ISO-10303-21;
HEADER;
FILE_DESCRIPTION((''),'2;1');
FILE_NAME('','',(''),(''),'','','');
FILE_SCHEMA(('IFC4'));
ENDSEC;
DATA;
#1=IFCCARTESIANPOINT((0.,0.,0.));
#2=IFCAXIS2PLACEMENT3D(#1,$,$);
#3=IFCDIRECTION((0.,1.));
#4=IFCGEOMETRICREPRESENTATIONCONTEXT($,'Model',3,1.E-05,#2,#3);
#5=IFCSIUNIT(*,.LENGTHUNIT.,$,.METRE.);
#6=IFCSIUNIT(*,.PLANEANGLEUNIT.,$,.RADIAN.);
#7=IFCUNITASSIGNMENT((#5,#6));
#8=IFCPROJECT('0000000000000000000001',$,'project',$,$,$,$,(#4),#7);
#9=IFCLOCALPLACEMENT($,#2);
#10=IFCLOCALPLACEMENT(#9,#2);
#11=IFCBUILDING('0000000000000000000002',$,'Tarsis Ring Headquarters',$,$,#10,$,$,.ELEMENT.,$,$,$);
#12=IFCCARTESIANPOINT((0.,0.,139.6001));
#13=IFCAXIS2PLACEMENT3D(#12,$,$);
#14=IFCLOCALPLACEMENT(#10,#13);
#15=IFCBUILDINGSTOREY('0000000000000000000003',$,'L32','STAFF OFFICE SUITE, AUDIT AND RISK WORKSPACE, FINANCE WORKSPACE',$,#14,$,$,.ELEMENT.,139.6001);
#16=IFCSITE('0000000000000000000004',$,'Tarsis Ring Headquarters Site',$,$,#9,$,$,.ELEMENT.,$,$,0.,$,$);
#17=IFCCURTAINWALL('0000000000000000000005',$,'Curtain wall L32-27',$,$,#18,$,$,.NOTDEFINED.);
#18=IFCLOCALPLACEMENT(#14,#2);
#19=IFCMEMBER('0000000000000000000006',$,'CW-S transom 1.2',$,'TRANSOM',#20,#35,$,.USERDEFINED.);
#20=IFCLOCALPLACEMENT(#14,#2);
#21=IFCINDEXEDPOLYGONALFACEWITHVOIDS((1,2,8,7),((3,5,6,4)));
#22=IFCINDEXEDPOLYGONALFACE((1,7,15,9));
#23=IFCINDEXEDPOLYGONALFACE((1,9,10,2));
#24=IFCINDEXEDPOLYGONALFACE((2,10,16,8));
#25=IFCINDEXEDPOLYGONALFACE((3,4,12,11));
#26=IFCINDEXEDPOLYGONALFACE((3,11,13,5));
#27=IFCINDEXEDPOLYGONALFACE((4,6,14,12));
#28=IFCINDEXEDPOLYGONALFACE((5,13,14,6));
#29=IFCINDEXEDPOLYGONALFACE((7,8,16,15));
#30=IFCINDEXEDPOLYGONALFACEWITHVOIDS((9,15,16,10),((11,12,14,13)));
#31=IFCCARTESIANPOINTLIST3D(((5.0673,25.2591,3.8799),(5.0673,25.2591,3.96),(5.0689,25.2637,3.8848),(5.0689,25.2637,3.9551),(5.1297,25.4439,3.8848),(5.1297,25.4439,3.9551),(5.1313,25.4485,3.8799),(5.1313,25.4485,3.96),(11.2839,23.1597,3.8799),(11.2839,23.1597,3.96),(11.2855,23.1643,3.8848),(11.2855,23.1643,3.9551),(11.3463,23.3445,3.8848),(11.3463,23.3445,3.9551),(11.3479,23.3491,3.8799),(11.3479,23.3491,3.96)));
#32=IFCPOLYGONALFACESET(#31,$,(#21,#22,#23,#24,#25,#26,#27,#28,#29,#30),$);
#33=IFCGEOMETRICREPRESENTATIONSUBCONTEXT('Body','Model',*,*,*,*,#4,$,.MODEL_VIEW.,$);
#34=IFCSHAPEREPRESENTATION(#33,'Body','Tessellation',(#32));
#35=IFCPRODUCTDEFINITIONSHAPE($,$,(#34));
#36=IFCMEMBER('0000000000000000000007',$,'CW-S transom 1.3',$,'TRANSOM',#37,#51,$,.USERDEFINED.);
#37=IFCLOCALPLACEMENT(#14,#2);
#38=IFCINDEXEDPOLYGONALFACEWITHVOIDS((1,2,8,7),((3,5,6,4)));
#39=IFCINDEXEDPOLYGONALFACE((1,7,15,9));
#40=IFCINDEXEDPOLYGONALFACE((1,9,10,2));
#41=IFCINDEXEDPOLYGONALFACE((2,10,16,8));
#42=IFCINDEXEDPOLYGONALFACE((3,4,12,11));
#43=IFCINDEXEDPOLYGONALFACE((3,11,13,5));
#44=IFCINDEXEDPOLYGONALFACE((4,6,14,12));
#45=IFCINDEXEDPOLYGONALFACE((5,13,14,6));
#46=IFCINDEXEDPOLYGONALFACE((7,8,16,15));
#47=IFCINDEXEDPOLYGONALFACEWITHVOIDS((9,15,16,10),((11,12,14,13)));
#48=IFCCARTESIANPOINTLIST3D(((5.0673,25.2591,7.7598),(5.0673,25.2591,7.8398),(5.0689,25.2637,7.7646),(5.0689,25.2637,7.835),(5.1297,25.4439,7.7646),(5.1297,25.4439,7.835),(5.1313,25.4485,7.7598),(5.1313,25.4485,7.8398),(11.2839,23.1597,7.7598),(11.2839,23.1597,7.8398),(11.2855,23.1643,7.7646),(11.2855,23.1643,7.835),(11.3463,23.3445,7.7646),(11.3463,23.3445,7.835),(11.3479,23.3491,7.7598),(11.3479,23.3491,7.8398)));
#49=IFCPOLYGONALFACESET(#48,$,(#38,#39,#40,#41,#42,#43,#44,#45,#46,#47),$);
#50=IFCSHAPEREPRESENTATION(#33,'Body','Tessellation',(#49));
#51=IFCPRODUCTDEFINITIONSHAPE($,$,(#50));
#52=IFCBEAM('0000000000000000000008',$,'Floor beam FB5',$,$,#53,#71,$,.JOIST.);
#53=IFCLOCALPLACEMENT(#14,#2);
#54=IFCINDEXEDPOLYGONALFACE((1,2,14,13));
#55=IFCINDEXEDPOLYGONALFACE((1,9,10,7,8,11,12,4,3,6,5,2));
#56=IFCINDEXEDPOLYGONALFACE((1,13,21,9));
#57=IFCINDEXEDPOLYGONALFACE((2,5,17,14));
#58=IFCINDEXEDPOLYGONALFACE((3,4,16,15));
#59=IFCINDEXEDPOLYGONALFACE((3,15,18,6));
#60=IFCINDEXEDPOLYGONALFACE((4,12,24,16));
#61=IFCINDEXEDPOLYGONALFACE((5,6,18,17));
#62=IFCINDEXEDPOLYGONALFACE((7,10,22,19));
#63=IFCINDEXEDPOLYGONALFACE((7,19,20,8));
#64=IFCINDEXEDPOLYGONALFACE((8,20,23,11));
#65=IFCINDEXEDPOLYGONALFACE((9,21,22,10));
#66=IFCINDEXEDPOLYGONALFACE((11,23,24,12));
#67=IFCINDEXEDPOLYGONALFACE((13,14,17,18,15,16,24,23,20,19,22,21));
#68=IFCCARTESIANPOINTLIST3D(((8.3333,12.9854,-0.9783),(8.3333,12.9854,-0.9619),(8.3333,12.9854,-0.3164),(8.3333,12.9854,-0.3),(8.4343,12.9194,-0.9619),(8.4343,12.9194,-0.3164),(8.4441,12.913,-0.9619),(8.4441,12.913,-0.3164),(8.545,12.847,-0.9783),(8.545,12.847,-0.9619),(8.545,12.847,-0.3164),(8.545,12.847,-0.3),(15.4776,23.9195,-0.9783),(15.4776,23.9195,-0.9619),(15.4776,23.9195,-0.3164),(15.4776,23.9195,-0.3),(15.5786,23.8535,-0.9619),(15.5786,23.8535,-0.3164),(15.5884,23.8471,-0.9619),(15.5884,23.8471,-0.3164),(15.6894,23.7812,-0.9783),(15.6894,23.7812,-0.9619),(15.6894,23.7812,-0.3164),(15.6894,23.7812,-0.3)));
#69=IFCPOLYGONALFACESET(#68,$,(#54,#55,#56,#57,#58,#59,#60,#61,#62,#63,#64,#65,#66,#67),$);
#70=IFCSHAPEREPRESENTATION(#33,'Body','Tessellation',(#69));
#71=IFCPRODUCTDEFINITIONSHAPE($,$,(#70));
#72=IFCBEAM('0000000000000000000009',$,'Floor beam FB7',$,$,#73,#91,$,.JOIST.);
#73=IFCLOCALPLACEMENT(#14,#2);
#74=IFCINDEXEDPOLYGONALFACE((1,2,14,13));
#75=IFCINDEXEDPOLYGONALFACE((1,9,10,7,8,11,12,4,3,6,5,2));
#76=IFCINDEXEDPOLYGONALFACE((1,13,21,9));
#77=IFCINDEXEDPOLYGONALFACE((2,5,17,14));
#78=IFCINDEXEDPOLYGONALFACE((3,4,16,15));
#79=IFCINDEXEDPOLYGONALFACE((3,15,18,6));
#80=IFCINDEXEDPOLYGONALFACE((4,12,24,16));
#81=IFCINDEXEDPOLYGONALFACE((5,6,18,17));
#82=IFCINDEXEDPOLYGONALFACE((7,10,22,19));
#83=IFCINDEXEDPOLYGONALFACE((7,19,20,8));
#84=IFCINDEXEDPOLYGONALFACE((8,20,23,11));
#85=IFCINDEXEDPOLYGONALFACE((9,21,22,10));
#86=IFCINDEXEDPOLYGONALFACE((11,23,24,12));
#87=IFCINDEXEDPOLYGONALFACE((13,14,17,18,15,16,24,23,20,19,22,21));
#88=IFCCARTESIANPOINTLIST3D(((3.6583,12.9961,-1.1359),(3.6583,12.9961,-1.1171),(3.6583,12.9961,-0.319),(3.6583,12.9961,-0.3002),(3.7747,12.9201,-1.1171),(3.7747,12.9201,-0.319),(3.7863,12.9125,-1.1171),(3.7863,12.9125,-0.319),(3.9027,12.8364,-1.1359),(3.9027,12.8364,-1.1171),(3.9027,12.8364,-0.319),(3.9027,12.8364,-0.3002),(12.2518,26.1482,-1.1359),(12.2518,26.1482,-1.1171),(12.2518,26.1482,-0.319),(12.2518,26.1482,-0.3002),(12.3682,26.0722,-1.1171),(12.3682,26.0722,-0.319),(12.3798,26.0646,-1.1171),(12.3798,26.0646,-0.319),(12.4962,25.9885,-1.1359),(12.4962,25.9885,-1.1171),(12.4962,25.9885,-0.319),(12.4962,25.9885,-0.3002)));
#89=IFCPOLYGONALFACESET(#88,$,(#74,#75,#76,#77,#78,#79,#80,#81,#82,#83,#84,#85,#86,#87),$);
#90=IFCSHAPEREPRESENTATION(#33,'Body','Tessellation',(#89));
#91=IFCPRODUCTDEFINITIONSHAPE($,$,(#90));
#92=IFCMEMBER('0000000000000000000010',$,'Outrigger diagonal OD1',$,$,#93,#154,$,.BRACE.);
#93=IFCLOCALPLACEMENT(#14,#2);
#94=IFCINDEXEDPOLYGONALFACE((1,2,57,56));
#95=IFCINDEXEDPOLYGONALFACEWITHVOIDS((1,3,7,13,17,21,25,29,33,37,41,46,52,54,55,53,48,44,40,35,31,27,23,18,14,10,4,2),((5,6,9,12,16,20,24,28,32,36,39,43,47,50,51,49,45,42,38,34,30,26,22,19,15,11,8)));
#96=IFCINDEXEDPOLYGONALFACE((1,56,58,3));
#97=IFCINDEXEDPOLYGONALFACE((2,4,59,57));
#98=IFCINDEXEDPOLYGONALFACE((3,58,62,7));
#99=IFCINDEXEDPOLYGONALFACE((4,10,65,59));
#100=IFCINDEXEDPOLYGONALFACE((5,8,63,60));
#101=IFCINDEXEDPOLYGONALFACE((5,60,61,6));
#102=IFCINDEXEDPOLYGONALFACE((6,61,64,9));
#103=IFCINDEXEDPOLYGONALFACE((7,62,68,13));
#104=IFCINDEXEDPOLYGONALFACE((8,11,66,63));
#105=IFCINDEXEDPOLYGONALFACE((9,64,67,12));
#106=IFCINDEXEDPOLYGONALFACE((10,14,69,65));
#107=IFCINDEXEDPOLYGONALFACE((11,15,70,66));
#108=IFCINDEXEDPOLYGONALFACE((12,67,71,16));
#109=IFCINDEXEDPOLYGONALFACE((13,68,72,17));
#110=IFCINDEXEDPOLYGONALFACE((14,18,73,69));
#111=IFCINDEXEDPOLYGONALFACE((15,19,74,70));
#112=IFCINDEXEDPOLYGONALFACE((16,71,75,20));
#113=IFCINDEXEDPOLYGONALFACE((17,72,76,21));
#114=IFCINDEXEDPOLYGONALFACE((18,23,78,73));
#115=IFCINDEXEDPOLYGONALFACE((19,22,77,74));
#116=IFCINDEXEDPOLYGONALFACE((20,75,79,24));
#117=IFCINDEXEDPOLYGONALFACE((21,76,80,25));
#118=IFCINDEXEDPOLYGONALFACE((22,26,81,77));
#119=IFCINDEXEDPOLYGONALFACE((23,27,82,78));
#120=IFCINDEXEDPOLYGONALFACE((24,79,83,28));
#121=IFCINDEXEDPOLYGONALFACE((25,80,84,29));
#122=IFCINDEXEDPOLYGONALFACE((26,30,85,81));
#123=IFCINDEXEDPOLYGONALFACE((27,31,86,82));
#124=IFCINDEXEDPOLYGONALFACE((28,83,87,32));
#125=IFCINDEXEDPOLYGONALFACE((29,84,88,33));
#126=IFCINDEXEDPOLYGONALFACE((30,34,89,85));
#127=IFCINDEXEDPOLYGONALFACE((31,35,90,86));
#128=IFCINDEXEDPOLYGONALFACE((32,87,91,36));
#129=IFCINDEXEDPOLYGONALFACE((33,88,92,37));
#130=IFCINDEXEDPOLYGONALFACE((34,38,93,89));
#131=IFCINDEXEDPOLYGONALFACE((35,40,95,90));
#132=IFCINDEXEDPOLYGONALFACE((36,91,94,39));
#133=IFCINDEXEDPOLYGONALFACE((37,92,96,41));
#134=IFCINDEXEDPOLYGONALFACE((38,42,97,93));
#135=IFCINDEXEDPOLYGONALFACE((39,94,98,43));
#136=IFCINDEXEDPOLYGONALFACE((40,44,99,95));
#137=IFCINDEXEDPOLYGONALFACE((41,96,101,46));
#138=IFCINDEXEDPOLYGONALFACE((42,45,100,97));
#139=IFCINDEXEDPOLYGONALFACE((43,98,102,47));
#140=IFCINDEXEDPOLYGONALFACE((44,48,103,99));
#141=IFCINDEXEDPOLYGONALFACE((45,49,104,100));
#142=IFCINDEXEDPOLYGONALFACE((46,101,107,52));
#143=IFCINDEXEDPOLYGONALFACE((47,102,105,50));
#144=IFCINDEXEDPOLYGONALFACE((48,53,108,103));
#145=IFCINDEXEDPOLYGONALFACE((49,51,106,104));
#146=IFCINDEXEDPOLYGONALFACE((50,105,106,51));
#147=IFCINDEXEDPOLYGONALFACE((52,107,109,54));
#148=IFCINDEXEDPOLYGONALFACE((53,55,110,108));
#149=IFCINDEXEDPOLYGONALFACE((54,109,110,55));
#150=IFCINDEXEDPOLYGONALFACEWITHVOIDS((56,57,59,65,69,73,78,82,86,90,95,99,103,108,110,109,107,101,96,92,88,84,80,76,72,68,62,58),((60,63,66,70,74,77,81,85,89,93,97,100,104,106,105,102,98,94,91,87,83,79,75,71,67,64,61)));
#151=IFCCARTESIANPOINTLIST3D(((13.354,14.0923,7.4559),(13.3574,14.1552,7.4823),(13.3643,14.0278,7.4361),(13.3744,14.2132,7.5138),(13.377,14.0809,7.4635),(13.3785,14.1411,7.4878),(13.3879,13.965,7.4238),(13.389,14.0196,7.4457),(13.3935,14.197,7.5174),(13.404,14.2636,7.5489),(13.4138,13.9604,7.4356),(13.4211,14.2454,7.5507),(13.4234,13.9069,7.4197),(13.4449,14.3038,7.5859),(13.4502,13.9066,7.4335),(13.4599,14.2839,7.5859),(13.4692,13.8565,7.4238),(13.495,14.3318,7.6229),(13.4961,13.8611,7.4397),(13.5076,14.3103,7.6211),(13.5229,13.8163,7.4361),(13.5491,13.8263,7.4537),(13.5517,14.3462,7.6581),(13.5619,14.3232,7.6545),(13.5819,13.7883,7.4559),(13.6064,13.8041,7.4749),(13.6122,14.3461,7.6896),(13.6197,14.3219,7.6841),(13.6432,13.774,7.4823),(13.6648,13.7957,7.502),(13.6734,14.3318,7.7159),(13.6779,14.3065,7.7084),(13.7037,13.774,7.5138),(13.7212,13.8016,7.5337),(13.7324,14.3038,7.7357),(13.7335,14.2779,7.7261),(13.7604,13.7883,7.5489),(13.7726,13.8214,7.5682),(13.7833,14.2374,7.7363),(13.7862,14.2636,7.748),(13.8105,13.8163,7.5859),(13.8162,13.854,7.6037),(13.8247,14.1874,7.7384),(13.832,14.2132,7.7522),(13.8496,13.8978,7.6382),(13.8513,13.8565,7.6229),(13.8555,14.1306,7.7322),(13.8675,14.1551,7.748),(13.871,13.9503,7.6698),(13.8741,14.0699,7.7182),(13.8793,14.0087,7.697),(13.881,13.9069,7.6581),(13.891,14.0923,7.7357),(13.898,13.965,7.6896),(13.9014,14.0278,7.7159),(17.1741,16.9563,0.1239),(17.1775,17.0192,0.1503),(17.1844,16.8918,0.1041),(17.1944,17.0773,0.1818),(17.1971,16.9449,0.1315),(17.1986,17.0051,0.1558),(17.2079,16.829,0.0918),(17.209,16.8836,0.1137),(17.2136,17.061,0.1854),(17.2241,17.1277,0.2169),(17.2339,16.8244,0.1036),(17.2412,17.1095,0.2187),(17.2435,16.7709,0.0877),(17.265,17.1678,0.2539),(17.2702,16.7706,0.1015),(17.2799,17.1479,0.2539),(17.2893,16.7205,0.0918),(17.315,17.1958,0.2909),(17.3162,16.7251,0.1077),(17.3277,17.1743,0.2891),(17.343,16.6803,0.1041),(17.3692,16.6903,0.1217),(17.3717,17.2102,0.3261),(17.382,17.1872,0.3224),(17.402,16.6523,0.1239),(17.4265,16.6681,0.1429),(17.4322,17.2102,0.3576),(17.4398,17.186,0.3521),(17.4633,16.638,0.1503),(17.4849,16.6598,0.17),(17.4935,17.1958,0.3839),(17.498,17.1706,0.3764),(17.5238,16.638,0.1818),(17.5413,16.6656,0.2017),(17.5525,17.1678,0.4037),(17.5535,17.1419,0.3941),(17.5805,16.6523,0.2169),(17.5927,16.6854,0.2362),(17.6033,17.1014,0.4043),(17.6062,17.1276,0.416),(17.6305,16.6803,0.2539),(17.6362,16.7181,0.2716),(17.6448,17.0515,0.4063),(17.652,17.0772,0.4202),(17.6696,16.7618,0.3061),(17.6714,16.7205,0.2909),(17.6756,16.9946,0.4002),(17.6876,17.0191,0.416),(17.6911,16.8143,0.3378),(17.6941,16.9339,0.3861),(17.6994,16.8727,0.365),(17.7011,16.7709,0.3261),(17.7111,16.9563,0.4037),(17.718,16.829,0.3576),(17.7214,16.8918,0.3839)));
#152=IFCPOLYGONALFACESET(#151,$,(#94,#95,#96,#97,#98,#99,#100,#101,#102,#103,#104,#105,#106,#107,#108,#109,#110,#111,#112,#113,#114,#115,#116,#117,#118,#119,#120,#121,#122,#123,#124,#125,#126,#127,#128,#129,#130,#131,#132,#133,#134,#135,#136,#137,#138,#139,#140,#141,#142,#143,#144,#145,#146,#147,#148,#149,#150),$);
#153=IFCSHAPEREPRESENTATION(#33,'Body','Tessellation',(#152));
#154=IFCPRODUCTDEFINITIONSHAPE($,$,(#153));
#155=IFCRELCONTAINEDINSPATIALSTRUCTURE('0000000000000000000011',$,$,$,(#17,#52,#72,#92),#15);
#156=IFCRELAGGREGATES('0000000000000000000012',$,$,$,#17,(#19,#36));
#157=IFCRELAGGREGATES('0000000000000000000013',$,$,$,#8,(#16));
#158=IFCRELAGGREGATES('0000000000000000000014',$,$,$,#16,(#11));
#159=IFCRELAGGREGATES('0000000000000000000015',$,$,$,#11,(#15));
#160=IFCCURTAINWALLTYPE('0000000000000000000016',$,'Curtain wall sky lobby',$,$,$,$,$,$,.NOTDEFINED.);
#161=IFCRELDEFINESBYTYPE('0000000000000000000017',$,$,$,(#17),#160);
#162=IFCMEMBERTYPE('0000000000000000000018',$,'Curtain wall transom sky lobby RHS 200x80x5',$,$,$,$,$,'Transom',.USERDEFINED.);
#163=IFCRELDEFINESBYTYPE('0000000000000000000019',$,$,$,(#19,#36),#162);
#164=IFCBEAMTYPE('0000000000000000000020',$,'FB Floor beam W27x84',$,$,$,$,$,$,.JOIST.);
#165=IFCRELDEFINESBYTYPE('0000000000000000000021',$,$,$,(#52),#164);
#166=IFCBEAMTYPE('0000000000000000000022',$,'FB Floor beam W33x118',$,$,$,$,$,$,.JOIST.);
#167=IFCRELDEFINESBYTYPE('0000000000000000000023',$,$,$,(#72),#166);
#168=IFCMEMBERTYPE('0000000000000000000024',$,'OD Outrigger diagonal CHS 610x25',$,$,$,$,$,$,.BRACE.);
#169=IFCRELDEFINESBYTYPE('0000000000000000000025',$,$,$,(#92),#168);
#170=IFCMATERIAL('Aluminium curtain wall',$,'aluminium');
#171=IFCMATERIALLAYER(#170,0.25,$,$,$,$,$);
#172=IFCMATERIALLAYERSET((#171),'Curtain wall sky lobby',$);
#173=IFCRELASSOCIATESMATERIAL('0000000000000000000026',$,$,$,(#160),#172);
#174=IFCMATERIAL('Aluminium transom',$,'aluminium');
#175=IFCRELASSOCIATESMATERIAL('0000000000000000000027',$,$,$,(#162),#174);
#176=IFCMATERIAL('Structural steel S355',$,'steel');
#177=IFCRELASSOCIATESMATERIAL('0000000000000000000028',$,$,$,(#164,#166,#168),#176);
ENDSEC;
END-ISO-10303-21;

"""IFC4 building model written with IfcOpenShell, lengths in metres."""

from ifc_helpers import new_model, si_unit, direction, frame, origin, origin_2d, place, context, subcontext, project, spatial, hollow_rectangle, hollow_circle, i_section, extrude, material, layer, layer_set, material_profile, profile_set, type_object, element, aggregate, save


model = new_model("IFC4")

# Units and contexts
model_context = context("Model", 3, precision=1e-05, world=origin(), true_north=direction((0.0, 1.0)))
body_context = subcontext(model_context, "Body", "Model", "MODEL_VIEW")
ifc_project = project(units=[si_unit("LENGTHUNIT", "METRE"), si_unit("PLANEANGLEUNIT", "RADIAN")], contexts=[model_context])

# Site, building, storey
site_placement = place(None, origin())
site = spatial("IfcSite", under=ifc_project, at=site_placement, Name="Tarsis Ring Headquarters Site", CompositionType="ELEMENT", RefElevation=0.0)
building_placement = place(site_placement, origin())
building = spatial("IfcBuilding", under=site, at=building_placement, Name="Tarsis Ring Headquarters", CompositionType="ELEMENT")
storey_placement = place(building_placement, frame((0.0, 0.0, 139.6001)))
storey = spatial("IfcBuildingStorey", under=building, at=storey_placement, Name="L32", Description="STAFF OFFICE SUITE, AUDIT AND RISK WORKSPACE, FINANCE WORKSPACE", CompositionType="ELEMENT", Elevation=139.6001)

# Shared definitions
ifc_material_1 = material(Name="Structural steel S355", Category="steel")

# Curtain wall
ifc_material_2 = material(Name="Aluminium curtain wall", Category="aluminium")
ifc_layer_1 = layer(ifc_material_2, 0.25)
ifc_layer_set_1 = layer_set([ifc_layer_1], Name="Curtain wall sky lobby")
curtain_wall_type = type_object("IfcCurtainWallType", Name="Curtain wall sky lobby", PredefinedType="NOTDEFINED", material=ifc_layer_set_1)
curtain_wall_1_placement = place(storey_placement, origin())
curtain_wall_1 = element("IfcCurtainWall", 1, at=curtain_wall_1_placement, inside=storey, type_object=curtain_wall_type, Name="Curtain wall L32-27", PredefinedType="NOTDEFINED")

# Members
ifc_material_3 = material(Name="Aluminium transom", Category="aluminium")
ifc_material_profile_1 = material_profile(ifc_material_3, hollow_rectangle(XDim=0.2, YDim=0.0801, WallThickness=0.0049, at=origin_2d()), Name="RHS 200x80x5")
ifc_profile_set_1 = profile_set([ifc_material_profile_1], Name="Aluminium transom")
member_type_1 = type_object("IfcMemberType", Name="Curtain wall transom sky lobby RHS 200x80x5", ElementType="Transom", PredefinedType="USERDEFINED", material=ifc_profile_set_1)
member_1_placement = place(storey_placement, frame((11.3159, 23.2544, 3.9199), z_axis=(-0.947433, 0.319954, 0.0), x_axis=(-0.319954, -0.947433, 0.0)))
member_1 = element("IfcMember", 2, at=member_1_placement, type_object=member_type_1, Name="CW-S transom 1.2", ObjectType="TRANSOM", PredefinedType="USERDEFINED", context=body_context, shape_type="SweptSolid", body=[
    extrude(hollow_rectangle(XDim=0.2, YDim=0.0801, WallThickness=0.0049, at=origin_2d()), origin(), (0.0, 0.0, 1.0), 6.5615),
])
member_2_placement = place(storey_placement, frame((11.3159, 23.2544, 7.7998), z_axis=(-0.947433, 0.319954, 0.0), x_axis=(-0.319954, -0.947433, 0.0)))
member_2 = element("IfcMember", 3, at=member_2_placement, type_object=member_type_1, Name="CW-S transom 1.3", ObjectType="TRANSOM", PredefinedType="USERDEFINED", context=body_context, shape_type="SweptSolid", body=[
    extrude(hollow_rectangle(XDim=0.2, YDim=0.0801, WallThickness=0.0049, at=origin_2d()), origin(), (0.0, 0.0, 1.0), 6.5615),
])
aggregate(curtain_wall_1, [member_1, member_2])

# Beams
ifc_material_profile_2 = material_profile(ifc_material_1, i_section(OverallWidth=0.2529, OverallDepth=0.6782, WebThickness=0.0117, FlangeThickness=0.0164, at=origin_2d()), Name="W27x84")
ifc_profile_set_2 = profile_set([ifc_material_profile_2], Name="Structural steel S355")
beam_type_1 = type_object("IfcBeamType", Name="FB Floor beam W27x84", PredefinedType="JOIST", material=ifc_profile_set_2)
beam_1_placement = place(storey_placement, frame((15.5835, 23.8503, -0.6392), z_axis=(-0.546985, -0.837142, 0.0), x_axis=(0.837142, -0.546985, 0.0)))
element("IfcBeam", 4, at=beam_1_placement, inside=storey, type_object=beam_type_1, Name="Floor beam FB5", PredefinedType="JOIST", context=body_context, shape_type="SweptSolid", body=[
    extrude(i_section(OverallWidth=0.2529, OverallDepth=0.6782, WebThickness=0.0117, FlangeThickness=0.0164, at=origin_2d()), origin(), (0.0, 0.0, 1.0), 13.0613),
])
ifc_material_profile_3 = material_profile(ifc_material_1, i_section(OverallWidth=0.292, OverallDepth=0.8357, WebThickness=0.0139, FlangeThickness=0.0188, at=origin_2d()), Name="W33x118")
ifc_profile_set_3 = profile_set([ifc_material_profile_3], Name="Structural steel S355")
beam_type_2 = type_object("IfcBeamType", Name="FB Floor beam W33x118", PredefinedType="JOIST", material=ifc_profile_set_3)
beam_2_placement = place(storey_placement, frame((12.374, 26.0684, -0.718), z_axis=(-0.546984, -0.837143, 0.0), x_axis=(0.837143, -0.546984, 0.0)))
element("IfcBeam", 5, at=beam_2_placement, inside=storey, type_object=beam_type_2, Name="Floor beam FB7", PredefinedType="JOIST", context=body_context, shape_type="SweptSolid", body=[
    extrude(i_section(OverallWidth=0.292, OverallDepth=0.8357, WebThickness=0.0139, FlangeThickness=0.0188, at=origin_2d()), origin(), (0.0, 0.0, 1.0), 15.7107),
])

# Member
ifc_material_profile_4 = material_profile(ifc_material_1, hollow_circle(Radius=0.3047, WallThickness=0.0249, at=origin_2d()), Name="CHS 610x25")
ifc_profile_set_4 = profile_set([ifc_material_profile_4], Name="Structural steel S355")
member_type_2 = type_object("IfcMemberType", Name="OD Outrigger diagonal CHS 610x25", PredefinedType="BRACE", material=ifc_profile_set_4)
member_3_placement = place(storey_placement, frame((13.6277, 14.0601, 7.5859), z_axis=(0.436603, 0.327334, -0.837992), x_axis=(-0.599861, 0.800104, 0.0)))
element("IfcMember", 6, at=member_3_placement, inside=storey, type_object=member_type_2, Name="Outrigger diagonal OD1", PredefinedType="BRACE", context=body_context, shape_type="SweptSolid", body=[
    extrude(hollow_circle(Radius=0.3047, WallThickness=0.0249, at=origin_2d()), origin(), (0.0, 0.0, 1.0), 8.7495),
])

save(model, "model.ifc")
